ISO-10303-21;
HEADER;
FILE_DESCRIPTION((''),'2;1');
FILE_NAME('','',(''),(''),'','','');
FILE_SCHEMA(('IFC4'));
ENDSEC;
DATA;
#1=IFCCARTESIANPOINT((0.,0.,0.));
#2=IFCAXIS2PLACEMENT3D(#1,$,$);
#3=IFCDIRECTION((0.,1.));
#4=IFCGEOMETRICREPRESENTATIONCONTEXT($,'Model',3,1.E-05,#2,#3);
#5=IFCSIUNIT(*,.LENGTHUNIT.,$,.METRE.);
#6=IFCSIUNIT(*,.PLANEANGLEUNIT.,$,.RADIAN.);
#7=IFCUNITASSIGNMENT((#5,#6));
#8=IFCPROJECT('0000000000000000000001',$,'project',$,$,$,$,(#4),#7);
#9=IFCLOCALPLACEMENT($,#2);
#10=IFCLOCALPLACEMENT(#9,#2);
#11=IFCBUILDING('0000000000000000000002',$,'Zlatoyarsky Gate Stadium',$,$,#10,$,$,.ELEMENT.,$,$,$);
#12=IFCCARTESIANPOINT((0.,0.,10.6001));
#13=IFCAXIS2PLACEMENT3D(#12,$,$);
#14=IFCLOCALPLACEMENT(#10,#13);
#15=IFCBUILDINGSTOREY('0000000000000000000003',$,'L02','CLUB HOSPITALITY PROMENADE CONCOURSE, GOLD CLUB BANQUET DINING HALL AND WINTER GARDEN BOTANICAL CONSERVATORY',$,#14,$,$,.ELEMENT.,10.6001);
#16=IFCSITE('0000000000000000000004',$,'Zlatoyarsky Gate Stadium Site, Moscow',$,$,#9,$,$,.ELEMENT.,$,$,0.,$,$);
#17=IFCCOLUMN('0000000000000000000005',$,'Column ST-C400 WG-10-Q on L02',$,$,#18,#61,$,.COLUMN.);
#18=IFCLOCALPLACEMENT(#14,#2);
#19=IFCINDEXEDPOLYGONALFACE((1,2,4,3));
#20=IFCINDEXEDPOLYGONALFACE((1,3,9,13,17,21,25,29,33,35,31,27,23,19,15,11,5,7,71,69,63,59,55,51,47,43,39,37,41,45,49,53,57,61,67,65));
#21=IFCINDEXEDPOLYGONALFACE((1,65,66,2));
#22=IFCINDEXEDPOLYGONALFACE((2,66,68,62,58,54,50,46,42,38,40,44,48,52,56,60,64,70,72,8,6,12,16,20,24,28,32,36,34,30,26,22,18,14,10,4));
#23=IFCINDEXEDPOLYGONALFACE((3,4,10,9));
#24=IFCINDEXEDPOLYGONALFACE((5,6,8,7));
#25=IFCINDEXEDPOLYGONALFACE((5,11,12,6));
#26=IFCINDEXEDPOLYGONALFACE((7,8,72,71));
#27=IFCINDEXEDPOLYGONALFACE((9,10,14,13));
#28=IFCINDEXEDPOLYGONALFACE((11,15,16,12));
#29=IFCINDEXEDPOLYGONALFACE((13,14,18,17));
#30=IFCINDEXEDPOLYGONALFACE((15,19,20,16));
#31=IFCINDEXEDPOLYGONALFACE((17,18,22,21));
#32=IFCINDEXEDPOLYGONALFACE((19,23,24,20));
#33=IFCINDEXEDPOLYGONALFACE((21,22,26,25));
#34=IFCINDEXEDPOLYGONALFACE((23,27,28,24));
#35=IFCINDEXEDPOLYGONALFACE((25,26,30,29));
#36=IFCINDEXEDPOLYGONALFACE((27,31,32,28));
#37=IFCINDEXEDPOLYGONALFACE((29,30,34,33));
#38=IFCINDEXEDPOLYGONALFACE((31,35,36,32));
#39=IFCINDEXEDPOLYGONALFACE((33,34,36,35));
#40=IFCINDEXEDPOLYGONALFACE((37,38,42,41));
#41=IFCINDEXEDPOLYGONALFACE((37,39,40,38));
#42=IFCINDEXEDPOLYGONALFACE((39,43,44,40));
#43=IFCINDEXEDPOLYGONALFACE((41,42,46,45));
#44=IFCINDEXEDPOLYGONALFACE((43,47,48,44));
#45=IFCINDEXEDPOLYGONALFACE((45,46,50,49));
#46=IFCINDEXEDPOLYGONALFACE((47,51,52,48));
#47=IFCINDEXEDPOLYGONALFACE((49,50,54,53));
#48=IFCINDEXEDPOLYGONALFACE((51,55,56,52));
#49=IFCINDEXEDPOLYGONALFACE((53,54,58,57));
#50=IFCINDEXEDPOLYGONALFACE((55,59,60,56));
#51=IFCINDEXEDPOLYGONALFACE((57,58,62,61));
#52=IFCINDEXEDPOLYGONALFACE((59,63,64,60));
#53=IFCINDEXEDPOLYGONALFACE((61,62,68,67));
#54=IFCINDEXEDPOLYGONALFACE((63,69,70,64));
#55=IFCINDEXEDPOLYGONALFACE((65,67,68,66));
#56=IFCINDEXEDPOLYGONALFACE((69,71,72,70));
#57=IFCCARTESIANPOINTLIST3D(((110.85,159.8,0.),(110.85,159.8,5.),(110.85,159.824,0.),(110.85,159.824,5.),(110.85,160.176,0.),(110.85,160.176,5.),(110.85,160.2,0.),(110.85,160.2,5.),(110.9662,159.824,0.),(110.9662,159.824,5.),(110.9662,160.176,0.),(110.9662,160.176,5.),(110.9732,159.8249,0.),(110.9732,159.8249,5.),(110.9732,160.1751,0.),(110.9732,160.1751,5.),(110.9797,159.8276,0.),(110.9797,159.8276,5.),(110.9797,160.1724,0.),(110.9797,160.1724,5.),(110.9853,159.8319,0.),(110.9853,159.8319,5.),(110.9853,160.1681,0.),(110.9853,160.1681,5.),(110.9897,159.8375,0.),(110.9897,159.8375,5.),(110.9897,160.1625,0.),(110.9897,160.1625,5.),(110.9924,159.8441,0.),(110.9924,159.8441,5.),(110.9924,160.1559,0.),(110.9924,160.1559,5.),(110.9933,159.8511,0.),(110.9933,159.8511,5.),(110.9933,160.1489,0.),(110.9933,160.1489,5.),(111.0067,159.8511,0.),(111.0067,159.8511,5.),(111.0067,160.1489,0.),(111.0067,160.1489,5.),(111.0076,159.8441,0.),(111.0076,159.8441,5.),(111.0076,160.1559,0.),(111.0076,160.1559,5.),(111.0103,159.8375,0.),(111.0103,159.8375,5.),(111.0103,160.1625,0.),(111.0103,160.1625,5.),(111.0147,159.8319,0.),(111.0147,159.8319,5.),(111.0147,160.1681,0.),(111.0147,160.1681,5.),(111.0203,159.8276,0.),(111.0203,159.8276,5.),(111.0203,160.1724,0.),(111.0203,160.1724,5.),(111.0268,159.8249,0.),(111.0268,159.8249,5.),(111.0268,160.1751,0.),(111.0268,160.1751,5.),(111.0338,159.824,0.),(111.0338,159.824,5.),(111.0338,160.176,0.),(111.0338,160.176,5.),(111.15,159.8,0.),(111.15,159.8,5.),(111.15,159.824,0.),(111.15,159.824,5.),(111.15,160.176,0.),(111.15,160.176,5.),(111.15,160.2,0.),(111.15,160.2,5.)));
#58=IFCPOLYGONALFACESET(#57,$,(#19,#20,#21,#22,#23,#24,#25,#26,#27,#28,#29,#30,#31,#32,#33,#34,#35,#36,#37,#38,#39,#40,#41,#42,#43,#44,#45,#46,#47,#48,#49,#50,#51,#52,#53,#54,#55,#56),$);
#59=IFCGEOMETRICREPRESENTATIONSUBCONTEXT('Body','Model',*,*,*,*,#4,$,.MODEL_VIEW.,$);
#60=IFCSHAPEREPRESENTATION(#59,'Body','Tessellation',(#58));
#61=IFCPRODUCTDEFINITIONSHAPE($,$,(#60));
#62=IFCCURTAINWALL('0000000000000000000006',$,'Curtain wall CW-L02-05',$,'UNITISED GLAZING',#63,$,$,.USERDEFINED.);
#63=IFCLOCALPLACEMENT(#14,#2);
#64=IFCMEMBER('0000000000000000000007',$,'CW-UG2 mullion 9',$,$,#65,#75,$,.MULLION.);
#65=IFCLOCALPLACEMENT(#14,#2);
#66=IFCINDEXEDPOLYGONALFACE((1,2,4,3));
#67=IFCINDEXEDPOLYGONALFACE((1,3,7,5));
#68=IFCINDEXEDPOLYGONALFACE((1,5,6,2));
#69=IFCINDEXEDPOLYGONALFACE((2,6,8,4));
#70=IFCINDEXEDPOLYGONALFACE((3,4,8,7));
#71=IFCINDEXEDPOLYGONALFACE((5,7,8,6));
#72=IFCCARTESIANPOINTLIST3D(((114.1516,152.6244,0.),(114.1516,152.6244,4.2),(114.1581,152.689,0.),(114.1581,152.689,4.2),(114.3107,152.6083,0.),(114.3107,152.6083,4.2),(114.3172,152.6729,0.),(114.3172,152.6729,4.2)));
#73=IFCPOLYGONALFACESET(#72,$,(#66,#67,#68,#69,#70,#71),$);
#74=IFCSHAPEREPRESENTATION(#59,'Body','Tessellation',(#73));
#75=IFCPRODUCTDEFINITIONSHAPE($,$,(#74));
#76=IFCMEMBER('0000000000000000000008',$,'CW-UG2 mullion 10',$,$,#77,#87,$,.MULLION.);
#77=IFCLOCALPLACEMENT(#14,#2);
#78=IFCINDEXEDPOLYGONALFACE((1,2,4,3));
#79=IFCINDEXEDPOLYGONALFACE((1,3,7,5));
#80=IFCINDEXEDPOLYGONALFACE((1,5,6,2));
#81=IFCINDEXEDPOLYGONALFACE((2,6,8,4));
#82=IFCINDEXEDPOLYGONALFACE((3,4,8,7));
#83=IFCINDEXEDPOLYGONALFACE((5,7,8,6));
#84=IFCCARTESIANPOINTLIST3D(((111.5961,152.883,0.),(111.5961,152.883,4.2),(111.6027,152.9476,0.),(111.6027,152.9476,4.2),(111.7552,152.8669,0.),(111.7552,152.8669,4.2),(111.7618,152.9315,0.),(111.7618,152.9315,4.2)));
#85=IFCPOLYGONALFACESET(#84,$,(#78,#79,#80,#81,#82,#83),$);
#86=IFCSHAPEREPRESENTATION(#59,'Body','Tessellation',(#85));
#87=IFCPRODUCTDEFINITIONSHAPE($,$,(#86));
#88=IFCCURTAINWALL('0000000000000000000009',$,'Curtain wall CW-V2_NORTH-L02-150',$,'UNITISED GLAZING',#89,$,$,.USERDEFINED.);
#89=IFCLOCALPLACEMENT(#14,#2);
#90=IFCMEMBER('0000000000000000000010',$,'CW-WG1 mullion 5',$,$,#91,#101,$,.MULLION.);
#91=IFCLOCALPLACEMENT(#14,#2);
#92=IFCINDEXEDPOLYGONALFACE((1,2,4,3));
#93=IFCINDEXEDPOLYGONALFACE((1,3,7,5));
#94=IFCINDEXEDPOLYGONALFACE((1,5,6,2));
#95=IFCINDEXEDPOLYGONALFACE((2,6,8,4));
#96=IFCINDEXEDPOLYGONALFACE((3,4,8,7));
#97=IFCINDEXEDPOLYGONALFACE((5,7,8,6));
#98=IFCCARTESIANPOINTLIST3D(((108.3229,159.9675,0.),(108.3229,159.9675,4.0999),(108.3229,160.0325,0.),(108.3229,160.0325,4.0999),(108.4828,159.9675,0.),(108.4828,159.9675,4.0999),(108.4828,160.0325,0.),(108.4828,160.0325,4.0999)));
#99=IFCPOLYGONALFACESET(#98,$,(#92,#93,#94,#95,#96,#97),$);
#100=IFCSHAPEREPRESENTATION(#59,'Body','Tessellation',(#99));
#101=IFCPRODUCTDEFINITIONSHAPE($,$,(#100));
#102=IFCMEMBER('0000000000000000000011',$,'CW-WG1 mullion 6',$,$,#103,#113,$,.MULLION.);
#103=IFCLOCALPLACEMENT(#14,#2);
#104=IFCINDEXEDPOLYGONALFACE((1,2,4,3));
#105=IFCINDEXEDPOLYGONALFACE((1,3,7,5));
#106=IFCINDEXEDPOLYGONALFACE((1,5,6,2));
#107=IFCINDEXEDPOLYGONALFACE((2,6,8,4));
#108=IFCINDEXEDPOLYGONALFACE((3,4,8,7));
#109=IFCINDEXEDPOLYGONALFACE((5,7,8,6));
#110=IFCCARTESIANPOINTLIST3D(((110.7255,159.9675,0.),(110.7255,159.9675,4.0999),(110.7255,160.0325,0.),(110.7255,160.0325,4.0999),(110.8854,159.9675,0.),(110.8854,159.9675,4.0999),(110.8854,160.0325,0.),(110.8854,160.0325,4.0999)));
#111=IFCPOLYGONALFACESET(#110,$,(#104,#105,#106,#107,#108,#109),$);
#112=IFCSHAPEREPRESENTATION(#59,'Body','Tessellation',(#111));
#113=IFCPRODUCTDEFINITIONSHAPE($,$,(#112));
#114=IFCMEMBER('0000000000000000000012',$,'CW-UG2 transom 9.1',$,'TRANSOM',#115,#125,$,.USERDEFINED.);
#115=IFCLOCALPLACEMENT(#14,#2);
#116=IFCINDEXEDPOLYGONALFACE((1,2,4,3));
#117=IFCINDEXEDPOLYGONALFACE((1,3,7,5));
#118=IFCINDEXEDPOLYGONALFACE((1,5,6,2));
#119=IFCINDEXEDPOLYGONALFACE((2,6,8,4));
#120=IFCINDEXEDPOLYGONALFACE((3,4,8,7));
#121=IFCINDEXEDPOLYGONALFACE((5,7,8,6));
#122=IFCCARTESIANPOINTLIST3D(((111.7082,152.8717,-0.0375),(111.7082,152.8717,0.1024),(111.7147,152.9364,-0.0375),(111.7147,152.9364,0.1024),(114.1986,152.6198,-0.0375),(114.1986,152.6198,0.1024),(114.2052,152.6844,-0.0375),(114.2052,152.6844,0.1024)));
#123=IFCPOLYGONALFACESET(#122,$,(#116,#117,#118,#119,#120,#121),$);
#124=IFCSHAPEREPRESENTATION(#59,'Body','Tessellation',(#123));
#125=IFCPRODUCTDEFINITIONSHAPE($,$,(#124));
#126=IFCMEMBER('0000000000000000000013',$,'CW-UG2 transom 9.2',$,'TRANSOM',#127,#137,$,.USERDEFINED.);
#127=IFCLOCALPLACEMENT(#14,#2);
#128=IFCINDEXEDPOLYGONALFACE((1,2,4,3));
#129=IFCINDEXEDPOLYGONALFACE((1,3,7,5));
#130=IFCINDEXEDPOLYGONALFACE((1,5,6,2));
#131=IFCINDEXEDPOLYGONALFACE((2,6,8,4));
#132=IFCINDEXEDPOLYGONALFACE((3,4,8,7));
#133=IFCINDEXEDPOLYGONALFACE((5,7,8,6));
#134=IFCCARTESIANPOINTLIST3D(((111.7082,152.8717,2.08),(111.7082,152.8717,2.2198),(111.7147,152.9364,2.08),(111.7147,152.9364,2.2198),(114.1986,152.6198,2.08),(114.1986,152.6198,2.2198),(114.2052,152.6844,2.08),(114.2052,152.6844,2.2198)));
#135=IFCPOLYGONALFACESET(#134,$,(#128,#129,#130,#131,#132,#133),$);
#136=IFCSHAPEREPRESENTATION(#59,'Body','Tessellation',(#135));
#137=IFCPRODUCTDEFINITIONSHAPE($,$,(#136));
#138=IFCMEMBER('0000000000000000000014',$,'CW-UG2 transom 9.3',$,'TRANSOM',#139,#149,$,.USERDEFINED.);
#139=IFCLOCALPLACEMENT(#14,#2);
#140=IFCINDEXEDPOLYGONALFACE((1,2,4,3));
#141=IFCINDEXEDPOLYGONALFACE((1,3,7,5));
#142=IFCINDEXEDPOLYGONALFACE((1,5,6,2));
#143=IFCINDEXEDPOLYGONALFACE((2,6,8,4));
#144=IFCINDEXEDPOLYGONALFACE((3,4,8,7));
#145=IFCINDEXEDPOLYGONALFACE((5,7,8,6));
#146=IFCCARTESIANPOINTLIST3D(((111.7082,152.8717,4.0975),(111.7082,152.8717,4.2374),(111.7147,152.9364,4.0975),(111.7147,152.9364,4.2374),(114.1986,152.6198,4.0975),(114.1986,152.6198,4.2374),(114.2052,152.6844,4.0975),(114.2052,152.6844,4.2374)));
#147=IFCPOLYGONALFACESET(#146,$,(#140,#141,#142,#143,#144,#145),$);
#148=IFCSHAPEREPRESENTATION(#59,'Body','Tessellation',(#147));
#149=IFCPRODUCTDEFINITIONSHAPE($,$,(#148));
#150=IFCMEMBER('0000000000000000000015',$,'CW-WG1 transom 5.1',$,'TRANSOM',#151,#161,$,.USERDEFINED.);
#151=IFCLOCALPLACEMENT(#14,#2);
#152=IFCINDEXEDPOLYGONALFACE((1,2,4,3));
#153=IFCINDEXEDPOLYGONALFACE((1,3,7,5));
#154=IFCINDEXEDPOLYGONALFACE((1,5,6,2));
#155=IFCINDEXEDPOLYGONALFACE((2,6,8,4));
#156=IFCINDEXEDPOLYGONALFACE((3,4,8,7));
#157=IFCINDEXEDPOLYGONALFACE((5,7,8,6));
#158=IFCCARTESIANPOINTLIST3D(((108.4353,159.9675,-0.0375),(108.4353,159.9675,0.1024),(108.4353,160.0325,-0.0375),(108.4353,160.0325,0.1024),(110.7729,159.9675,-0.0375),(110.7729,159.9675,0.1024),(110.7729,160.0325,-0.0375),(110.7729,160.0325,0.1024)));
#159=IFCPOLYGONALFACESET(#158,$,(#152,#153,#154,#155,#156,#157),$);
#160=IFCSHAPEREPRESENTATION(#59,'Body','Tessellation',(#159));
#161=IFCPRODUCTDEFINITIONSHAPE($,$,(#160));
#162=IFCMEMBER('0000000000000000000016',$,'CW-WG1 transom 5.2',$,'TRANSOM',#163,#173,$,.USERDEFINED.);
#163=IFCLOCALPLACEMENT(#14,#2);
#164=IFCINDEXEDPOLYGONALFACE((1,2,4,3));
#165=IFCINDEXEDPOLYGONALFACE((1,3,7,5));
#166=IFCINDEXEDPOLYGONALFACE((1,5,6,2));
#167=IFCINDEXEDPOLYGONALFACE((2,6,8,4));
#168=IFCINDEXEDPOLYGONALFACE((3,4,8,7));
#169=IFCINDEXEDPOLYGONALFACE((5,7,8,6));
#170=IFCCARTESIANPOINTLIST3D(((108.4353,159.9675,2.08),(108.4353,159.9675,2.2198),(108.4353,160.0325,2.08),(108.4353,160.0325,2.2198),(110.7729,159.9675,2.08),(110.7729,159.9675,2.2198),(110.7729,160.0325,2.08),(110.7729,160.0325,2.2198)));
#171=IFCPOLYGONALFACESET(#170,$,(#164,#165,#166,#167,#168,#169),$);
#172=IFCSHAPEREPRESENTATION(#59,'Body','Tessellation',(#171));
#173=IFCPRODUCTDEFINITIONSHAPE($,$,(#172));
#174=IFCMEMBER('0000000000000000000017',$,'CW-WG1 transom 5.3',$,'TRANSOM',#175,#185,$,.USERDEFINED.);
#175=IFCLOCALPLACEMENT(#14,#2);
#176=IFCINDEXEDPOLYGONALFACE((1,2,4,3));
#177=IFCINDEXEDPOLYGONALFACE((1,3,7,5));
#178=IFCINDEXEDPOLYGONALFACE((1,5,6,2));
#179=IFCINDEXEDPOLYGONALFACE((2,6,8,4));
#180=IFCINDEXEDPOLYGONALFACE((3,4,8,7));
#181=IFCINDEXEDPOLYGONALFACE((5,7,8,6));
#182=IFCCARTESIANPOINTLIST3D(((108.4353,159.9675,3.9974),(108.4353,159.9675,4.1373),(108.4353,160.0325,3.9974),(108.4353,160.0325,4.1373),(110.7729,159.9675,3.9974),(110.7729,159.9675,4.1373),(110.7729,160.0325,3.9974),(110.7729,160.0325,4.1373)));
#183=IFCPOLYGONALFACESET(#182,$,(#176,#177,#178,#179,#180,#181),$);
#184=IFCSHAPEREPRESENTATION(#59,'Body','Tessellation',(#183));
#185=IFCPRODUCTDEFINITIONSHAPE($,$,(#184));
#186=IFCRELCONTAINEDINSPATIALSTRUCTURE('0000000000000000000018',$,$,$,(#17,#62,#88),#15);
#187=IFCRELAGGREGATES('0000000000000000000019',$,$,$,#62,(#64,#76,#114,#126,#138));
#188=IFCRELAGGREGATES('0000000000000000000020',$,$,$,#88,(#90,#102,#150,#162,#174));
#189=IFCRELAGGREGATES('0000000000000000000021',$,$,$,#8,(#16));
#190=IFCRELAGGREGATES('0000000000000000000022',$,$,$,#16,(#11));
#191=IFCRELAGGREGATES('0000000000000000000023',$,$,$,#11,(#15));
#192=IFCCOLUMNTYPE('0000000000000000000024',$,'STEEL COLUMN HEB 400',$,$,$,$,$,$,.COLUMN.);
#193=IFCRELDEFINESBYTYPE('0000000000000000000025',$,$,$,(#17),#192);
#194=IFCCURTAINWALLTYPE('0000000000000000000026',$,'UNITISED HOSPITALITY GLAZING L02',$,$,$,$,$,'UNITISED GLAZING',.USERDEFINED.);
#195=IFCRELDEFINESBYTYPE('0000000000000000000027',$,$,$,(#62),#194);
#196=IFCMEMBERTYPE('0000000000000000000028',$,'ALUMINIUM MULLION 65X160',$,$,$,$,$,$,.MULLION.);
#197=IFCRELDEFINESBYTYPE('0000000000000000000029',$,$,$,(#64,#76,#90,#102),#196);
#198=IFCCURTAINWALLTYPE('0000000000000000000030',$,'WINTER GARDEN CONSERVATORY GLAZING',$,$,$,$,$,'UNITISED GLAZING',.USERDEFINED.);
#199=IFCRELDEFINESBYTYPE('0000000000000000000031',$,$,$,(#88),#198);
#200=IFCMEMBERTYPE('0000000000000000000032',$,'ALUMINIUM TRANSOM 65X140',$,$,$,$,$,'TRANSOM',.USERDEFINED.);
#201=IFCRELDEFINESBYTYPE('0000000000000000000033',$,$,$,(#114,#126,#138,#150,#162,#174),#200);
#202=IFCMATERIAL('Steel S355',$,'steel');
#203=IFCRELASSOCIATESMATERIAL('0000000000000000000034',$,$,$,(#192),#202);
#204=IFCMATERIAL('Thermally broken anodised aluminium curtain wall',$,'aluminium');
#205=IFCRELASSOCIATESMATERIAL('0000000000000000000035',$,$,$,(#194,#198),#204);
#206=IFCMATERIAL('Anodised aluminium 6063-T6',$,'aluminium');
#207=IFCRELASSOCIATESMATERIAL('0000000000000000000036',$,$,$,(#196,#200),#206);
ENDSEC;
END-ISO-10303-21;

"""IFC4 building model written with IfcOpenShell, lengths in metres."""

from ifc_helpers import new_model, si_unit, direction, frame, origin, origin_2d, place, context, subcontext, project, spatial, rectangle, i_section, extrude, material, material_profile, profile_set, type_object, element, aggregate, save


model = new_model("IFC4")

# Units and contexts
model_context = context("Model", 3, precision=1e-05, world=origin(), true_north=direction((0.0, 1.0)))
body_context = subcontext(model_context, "Body", "Model", "MODEL_VIEW")
ifc_project = project(units=[si_unit("LENGTHUNIT", "METRE"), si_unit("PLANEANGLEUNIT", "RADIAN")], contexts=[model_context])

# Site, building, storey
site_placement = place(None, origin())
site = spatial("IfcSite", under=ifc_project, at=site_placement, Name="Zlatoyarsky Gate Stadium Site, Moscow", CompositionType="ELEMENT", RefElevation=0.0)
building_placement = place(site_placement, origin())
building = spatial("IfcBuilding", under=site, at=building_placement, Name="Zlatoyarsky Gate Stadium", CompositionType="ELEMENT")
storey_placement = place(building_placement, frame((0.0, 0.0, 10.6001)))
storey = spatial("IfcBuildingStorey", under=building, at=storey_placement, Name="L02", Description="CLUB HOSPITALITY PROMENADE CONCOURSE, GOLD CLUB BANQUET DINING HALL AND WINTER GARDEN BOTANICAL CONSERVATORY", CompositionType="ELEMENT", Elevation=10.6001)

# Column
ifc_material_1 = material(Name="Steel S355", Category="steel")
ifc_material_profile_1 = material_profile(ifc_material_1, i_section(OverallWidth=0.3, OverallDepth=0.3999, WebThickness=0.0134, FlangeThickness=0.0239, FilletRadius=0.0271, at=origin_2d()), Name="HEB 400")
ifc_profile_set_1 = profile_set([ifc_material_profile_1], Name="Steel S355")
column_type = type_object("IfcColumnType", Name="STEEL COLUMN HEB 400", PredefinedType="COLUMN", material=ifc_profile_set_1)
column_placement = place(storey_placement, frame((111.0, 160.0, 0.0), z_axis=(0.0, 0.0, 1.0), x_axis=(1.0, 0.0, 0.0)))
element("IfcColumn", 1, at=column_placement, inside=storey, type_object=column_type, Name="Column ST-C400 WG-10-Q on L02", PredefinedType="COLUMN", context=body_context, shape_type="SweptSolid", body=[
    extrude(i_section(OverallWidth=0.3, OverallDepth=0.3999, WebThickness=0.0134, FlangeThickness=0.0239, FilletRadius=0.0271, at=origin_2d()), origin(), (0.0, 0.0, 1.0), 5.0),
])

# Curtain walls, members
ifc_material_2 = material(Name="Thermally broken anodised aluminium curtain wall", Category="aluminium")
curtain_wall_type_1 = type_object("IfcCurtainWallType", Name="UNITISED HOSPITALITY GLAZING L02", ElementType="UNITISED GLAZING", PredefinedType="USERDEFINED", material=ifc_material_2)
curtain_wall_1_placement = place(storey_placement, origin())
curtain_wall_1 = element("IfcCurtainWall", 2, at=curtain_wall_1_placement, inside=storey, type_object=curtain_wall_type_1, Name="Curtain wall CW-L02-05", ObjectType="UNITISED GLAZING", PredefinedType="USERDEFINED")
ifc_material_3 = material(Name="Anodised aluminium 6063-T6", Category="aluminium")
ifc_material_profile_2 = material_profile(ifc_material_3, rectangle(XDim=0.0649, YDim=0.1599, at=origin_2d()), Name="ALU 65X160")
ifc_profile_set_2 = profile_set([ifc_material_profile_2], Name="Anodised aluminium 6063-T6")
member_type_1 = type_object("IfcMemberType", Name="ALUMINIUM MULLION 65X160", PredefinedType="MULLION", material=ifc_profile_set_2)
member_1_placement = place(storey_placement, frame((114.2344, 152.6487, 0.0), z_axis=(0.0, 0.0, 1.0), x_axis=(-0.100645, -0.994922, 0.0)))
member_1 = element("IfcMember", 3, at=member_1_placement, type_object=member_type_1, Name="CW-UG2 mullion 9", PredefinedType="MULLION", context=body_context, shape_type="SweptSolid", body=[
    extrude(rectangle(XDim=0.0649, YDim=0.1599, at=origin_2d()), origin(), (0.0, 0.0, 1.0), 4.2),
])
member_2_placement = place(storey_placement, frame((111.679, 152.9072, 0.0), z_axis=(0.0, 0.0, 1.0), x_axis=(-0.100645, -0.994922, 0.0)))
member_2 = element("IfcMember", 4, at=member_2_placement, type_object=member_type_1, Name="CW-UG2 mullion 10", PredefinedType="MULLION", context=body_context, shape_type="SweptSolid", body=[
    extrude(rectangle(XDim=0.0649, YDim=0.1599, at=origin_2d()), origin(), (0.0, 0.0, 1.0), 4.2),
])
curtain_wall_type_2 = type_object("IfcCurtainWallType", Name="WINTER GARDEN CONSERVATORY GLAZING", ElementType="UNITISED GLAZING", PredefinedType="USERDEFINED", material=ifc_material_2)
curtain_wall_2_placement = place(storey_placement, origin())
curtain_wall_2 = element("IfcCurtainWall", 5, at=curtain_wall_2_placement, inside=storey, type_object=curtain_wall_type_2, Name="Curtain wall CW-V2_NORTH-L02-150", ObjectType="UNITISED GLAZING", PredefinedType="USERDEFINED")
member_3_placement = place(storey_placement, frame((108.4028, 160.0, 0.0), z_axis=(0.0, 0.0, 1.0), x_axis=(0.0, 1.0, 0.0)))
member_3 = element("IfcMember", 6, at=member_3_placement, type_object=member_type_1, Name="CW-WG1 mullion 5", PredefinedType="MULLION", context=body_context, shape_type="SweptSolid", body=[
    extrude(rectangle(XDim=0.0649, YDim=0.1599, at=origin_2d()), origin(), (0.0, 0.0, 1.0), 4.0999),
])
member_4_placement = place(storey_placement, frame((110.8054, 160.0, 0.0), z_axis=(0.0, 0.0, 1.0), x_axis=(0.0, 1.0, 0.0)))
member_4 = element("IfcMember", 7, at=member_4_placement, type_object=member_type_1, Name="CW-WG1 mullion 6", PredefinedType="MULLION", context=body_context, shape_type="SweptSolid", body=[
    extrude(rectangle(XDim=0.0649, YDim=0.1599, at=origin_2d()), origin(), (0.0, 0.0, 1.0), 4.0999),
])

# Members
ifc_material_profile_3 = material_profile(ifc_material_3, rectangle(XDim=0.0649, YDim=0.1399, at=origin_2d()), Name="ALU 65X140")
ifc_profile_set_3 = profile_set([ifc_material_profile_3], Name="Anodised aluminium 6063-T6")
member_type_2 = type_object("IfcMemberType", Name="ALUMINIUM TRANSOM 65X140", ElementType="TRANSOM", PredefinedType="USERDEFINED", material=ifc_profile_set_3)
member_5_placement = place(storey_placement, frame((114.2019, 152.6521, 0.0325), z_axis=(-0.994922, 0.100653, 0.0), x_axis=(-0.100653, -0.994922, 0.0)))
member_5 = element("IfcMember", 8, at=member_5_placement, type_object=member_type_2, Name="CW-UG2 transom 9.1", ObjectType="TRANSOM", PredefinedType="USERDEFINED", context=body_context, shape_type="SweptSolid", body=[
    extrude(rectangle(XDim=0.0649, YDim=0.1399, at=origin_2d()), origin(), (0.0, 0.0, 1.0), 2.5032),
])
member_6_placement = place(storey_placement, frame((114.2019, 152.6521, 2.1499), z_axis=(-0.994922, 0.100653, 0.0), x_axis=(-0.100653, -0.994922, 0.0)))
member_6 = element("IfcMember", 9, at=member_6_placement, type_object=member_type_2, Name="CW-UG2 transom 9.2", ObjectType="TRANSOM", PredefinedType="USERDEFINED", context=body_context, shape_type="SweptSolid", body=[
    extrude(rectangle(XDim=0.0649, YDim=0.1399, at=origin_2d()), origin(), (0.0, 0.0, 1.0), 2.5032),
])
member_7_placement = place(storey_placement, frame((114.2019, 152.6521, 4.1675), z_axis=(-0.994922, 0.100653, 0.0), x_axis=(-0.100653, -0.994922, 0.0)))
member_7 = element("IfcMember", 10, at=member_7_placement, type_object=member_type_2, Name="CW-UG2 transom 9.3", ObjectType="TRANSOM", PredefinedType="USERDEFINED", context=body_context, shape_type="SweptSolid", body=[
    extrude(rectangle(XDim=0.0649, YDim=0.1399, at=origin_2d()), origin(), (0.0, 0.0, 1.0), 2.5032),
])
member_8_placement = place(storey_placement, frame((108.4353, 160.0, 0.0325), z_axis=(1.0, 0.0, 0.0), x_axis=(0.0, 1.0, 0.0)))
member_8 = element("IfcMember", 11, at=member_8_placement, type_object=member_type_2, Name="CW-WG1 transom 5.1", ObjectType="TRANSOM", PredefinedType="USERDEFINED", context=body_context, shape_type="SweptSolid", body=[
    extrude(rectangle(XDim=0.0649, YDim=0.1399, at=origin_2d()), origin(), (0.0, 0.0, 1.0), 2.3376),
])
member_9_placement = place(storey_placement, frame((108.4353, 160.0, 2.1499), z_axis=(1.0, 0.0, 0.0), x_axis=(0.0, 1.0, 0.0)))
member_9 = element("IfcMember", 12, at=member_9_placement, type_object=member_type_2, Name="CW-WG1 transom 5.2", ObjectType="TRANSOM", PredefinedType="USERDEFINED", context=body_context, shape_type="SweptSolid", body=[
    extrude(rectangle(XDim=0.0649, YDim=0.1399, at=origin_2d()), origin(), (0.0, 0.0, 1.0), 2.3376),
])
member_10_placement = place(storey_placement, frame((108.4353, 160.0, 4.0674), z_axis=(1.0, 0.0, 0.0), x_axis=(0.0, 1.0, 0.0)))
member_10 = element("IfcMember", 13, at=member_10_placement, type_object=member_type_2, Name="CW-WG1 transom 5.3", ObjectType="TRANSOM", PredefinedType="USERDEFINED", context=body_context, shape_type="SweptSolid", body=[
    extrude(rectangle(XDim=0.0649, YDim=0.1399, at=origin_2d()), origin(), (0.0, 0.0, 1.0), 2.3376),
])

aggregate(curtain_wall_1, [member_1, member_2, member_5, member_6, member_7])
aggregate(curtain_wall_2, [member_3, member_4, member_8, member_9, member_10])

save(model, "model.ifc")
